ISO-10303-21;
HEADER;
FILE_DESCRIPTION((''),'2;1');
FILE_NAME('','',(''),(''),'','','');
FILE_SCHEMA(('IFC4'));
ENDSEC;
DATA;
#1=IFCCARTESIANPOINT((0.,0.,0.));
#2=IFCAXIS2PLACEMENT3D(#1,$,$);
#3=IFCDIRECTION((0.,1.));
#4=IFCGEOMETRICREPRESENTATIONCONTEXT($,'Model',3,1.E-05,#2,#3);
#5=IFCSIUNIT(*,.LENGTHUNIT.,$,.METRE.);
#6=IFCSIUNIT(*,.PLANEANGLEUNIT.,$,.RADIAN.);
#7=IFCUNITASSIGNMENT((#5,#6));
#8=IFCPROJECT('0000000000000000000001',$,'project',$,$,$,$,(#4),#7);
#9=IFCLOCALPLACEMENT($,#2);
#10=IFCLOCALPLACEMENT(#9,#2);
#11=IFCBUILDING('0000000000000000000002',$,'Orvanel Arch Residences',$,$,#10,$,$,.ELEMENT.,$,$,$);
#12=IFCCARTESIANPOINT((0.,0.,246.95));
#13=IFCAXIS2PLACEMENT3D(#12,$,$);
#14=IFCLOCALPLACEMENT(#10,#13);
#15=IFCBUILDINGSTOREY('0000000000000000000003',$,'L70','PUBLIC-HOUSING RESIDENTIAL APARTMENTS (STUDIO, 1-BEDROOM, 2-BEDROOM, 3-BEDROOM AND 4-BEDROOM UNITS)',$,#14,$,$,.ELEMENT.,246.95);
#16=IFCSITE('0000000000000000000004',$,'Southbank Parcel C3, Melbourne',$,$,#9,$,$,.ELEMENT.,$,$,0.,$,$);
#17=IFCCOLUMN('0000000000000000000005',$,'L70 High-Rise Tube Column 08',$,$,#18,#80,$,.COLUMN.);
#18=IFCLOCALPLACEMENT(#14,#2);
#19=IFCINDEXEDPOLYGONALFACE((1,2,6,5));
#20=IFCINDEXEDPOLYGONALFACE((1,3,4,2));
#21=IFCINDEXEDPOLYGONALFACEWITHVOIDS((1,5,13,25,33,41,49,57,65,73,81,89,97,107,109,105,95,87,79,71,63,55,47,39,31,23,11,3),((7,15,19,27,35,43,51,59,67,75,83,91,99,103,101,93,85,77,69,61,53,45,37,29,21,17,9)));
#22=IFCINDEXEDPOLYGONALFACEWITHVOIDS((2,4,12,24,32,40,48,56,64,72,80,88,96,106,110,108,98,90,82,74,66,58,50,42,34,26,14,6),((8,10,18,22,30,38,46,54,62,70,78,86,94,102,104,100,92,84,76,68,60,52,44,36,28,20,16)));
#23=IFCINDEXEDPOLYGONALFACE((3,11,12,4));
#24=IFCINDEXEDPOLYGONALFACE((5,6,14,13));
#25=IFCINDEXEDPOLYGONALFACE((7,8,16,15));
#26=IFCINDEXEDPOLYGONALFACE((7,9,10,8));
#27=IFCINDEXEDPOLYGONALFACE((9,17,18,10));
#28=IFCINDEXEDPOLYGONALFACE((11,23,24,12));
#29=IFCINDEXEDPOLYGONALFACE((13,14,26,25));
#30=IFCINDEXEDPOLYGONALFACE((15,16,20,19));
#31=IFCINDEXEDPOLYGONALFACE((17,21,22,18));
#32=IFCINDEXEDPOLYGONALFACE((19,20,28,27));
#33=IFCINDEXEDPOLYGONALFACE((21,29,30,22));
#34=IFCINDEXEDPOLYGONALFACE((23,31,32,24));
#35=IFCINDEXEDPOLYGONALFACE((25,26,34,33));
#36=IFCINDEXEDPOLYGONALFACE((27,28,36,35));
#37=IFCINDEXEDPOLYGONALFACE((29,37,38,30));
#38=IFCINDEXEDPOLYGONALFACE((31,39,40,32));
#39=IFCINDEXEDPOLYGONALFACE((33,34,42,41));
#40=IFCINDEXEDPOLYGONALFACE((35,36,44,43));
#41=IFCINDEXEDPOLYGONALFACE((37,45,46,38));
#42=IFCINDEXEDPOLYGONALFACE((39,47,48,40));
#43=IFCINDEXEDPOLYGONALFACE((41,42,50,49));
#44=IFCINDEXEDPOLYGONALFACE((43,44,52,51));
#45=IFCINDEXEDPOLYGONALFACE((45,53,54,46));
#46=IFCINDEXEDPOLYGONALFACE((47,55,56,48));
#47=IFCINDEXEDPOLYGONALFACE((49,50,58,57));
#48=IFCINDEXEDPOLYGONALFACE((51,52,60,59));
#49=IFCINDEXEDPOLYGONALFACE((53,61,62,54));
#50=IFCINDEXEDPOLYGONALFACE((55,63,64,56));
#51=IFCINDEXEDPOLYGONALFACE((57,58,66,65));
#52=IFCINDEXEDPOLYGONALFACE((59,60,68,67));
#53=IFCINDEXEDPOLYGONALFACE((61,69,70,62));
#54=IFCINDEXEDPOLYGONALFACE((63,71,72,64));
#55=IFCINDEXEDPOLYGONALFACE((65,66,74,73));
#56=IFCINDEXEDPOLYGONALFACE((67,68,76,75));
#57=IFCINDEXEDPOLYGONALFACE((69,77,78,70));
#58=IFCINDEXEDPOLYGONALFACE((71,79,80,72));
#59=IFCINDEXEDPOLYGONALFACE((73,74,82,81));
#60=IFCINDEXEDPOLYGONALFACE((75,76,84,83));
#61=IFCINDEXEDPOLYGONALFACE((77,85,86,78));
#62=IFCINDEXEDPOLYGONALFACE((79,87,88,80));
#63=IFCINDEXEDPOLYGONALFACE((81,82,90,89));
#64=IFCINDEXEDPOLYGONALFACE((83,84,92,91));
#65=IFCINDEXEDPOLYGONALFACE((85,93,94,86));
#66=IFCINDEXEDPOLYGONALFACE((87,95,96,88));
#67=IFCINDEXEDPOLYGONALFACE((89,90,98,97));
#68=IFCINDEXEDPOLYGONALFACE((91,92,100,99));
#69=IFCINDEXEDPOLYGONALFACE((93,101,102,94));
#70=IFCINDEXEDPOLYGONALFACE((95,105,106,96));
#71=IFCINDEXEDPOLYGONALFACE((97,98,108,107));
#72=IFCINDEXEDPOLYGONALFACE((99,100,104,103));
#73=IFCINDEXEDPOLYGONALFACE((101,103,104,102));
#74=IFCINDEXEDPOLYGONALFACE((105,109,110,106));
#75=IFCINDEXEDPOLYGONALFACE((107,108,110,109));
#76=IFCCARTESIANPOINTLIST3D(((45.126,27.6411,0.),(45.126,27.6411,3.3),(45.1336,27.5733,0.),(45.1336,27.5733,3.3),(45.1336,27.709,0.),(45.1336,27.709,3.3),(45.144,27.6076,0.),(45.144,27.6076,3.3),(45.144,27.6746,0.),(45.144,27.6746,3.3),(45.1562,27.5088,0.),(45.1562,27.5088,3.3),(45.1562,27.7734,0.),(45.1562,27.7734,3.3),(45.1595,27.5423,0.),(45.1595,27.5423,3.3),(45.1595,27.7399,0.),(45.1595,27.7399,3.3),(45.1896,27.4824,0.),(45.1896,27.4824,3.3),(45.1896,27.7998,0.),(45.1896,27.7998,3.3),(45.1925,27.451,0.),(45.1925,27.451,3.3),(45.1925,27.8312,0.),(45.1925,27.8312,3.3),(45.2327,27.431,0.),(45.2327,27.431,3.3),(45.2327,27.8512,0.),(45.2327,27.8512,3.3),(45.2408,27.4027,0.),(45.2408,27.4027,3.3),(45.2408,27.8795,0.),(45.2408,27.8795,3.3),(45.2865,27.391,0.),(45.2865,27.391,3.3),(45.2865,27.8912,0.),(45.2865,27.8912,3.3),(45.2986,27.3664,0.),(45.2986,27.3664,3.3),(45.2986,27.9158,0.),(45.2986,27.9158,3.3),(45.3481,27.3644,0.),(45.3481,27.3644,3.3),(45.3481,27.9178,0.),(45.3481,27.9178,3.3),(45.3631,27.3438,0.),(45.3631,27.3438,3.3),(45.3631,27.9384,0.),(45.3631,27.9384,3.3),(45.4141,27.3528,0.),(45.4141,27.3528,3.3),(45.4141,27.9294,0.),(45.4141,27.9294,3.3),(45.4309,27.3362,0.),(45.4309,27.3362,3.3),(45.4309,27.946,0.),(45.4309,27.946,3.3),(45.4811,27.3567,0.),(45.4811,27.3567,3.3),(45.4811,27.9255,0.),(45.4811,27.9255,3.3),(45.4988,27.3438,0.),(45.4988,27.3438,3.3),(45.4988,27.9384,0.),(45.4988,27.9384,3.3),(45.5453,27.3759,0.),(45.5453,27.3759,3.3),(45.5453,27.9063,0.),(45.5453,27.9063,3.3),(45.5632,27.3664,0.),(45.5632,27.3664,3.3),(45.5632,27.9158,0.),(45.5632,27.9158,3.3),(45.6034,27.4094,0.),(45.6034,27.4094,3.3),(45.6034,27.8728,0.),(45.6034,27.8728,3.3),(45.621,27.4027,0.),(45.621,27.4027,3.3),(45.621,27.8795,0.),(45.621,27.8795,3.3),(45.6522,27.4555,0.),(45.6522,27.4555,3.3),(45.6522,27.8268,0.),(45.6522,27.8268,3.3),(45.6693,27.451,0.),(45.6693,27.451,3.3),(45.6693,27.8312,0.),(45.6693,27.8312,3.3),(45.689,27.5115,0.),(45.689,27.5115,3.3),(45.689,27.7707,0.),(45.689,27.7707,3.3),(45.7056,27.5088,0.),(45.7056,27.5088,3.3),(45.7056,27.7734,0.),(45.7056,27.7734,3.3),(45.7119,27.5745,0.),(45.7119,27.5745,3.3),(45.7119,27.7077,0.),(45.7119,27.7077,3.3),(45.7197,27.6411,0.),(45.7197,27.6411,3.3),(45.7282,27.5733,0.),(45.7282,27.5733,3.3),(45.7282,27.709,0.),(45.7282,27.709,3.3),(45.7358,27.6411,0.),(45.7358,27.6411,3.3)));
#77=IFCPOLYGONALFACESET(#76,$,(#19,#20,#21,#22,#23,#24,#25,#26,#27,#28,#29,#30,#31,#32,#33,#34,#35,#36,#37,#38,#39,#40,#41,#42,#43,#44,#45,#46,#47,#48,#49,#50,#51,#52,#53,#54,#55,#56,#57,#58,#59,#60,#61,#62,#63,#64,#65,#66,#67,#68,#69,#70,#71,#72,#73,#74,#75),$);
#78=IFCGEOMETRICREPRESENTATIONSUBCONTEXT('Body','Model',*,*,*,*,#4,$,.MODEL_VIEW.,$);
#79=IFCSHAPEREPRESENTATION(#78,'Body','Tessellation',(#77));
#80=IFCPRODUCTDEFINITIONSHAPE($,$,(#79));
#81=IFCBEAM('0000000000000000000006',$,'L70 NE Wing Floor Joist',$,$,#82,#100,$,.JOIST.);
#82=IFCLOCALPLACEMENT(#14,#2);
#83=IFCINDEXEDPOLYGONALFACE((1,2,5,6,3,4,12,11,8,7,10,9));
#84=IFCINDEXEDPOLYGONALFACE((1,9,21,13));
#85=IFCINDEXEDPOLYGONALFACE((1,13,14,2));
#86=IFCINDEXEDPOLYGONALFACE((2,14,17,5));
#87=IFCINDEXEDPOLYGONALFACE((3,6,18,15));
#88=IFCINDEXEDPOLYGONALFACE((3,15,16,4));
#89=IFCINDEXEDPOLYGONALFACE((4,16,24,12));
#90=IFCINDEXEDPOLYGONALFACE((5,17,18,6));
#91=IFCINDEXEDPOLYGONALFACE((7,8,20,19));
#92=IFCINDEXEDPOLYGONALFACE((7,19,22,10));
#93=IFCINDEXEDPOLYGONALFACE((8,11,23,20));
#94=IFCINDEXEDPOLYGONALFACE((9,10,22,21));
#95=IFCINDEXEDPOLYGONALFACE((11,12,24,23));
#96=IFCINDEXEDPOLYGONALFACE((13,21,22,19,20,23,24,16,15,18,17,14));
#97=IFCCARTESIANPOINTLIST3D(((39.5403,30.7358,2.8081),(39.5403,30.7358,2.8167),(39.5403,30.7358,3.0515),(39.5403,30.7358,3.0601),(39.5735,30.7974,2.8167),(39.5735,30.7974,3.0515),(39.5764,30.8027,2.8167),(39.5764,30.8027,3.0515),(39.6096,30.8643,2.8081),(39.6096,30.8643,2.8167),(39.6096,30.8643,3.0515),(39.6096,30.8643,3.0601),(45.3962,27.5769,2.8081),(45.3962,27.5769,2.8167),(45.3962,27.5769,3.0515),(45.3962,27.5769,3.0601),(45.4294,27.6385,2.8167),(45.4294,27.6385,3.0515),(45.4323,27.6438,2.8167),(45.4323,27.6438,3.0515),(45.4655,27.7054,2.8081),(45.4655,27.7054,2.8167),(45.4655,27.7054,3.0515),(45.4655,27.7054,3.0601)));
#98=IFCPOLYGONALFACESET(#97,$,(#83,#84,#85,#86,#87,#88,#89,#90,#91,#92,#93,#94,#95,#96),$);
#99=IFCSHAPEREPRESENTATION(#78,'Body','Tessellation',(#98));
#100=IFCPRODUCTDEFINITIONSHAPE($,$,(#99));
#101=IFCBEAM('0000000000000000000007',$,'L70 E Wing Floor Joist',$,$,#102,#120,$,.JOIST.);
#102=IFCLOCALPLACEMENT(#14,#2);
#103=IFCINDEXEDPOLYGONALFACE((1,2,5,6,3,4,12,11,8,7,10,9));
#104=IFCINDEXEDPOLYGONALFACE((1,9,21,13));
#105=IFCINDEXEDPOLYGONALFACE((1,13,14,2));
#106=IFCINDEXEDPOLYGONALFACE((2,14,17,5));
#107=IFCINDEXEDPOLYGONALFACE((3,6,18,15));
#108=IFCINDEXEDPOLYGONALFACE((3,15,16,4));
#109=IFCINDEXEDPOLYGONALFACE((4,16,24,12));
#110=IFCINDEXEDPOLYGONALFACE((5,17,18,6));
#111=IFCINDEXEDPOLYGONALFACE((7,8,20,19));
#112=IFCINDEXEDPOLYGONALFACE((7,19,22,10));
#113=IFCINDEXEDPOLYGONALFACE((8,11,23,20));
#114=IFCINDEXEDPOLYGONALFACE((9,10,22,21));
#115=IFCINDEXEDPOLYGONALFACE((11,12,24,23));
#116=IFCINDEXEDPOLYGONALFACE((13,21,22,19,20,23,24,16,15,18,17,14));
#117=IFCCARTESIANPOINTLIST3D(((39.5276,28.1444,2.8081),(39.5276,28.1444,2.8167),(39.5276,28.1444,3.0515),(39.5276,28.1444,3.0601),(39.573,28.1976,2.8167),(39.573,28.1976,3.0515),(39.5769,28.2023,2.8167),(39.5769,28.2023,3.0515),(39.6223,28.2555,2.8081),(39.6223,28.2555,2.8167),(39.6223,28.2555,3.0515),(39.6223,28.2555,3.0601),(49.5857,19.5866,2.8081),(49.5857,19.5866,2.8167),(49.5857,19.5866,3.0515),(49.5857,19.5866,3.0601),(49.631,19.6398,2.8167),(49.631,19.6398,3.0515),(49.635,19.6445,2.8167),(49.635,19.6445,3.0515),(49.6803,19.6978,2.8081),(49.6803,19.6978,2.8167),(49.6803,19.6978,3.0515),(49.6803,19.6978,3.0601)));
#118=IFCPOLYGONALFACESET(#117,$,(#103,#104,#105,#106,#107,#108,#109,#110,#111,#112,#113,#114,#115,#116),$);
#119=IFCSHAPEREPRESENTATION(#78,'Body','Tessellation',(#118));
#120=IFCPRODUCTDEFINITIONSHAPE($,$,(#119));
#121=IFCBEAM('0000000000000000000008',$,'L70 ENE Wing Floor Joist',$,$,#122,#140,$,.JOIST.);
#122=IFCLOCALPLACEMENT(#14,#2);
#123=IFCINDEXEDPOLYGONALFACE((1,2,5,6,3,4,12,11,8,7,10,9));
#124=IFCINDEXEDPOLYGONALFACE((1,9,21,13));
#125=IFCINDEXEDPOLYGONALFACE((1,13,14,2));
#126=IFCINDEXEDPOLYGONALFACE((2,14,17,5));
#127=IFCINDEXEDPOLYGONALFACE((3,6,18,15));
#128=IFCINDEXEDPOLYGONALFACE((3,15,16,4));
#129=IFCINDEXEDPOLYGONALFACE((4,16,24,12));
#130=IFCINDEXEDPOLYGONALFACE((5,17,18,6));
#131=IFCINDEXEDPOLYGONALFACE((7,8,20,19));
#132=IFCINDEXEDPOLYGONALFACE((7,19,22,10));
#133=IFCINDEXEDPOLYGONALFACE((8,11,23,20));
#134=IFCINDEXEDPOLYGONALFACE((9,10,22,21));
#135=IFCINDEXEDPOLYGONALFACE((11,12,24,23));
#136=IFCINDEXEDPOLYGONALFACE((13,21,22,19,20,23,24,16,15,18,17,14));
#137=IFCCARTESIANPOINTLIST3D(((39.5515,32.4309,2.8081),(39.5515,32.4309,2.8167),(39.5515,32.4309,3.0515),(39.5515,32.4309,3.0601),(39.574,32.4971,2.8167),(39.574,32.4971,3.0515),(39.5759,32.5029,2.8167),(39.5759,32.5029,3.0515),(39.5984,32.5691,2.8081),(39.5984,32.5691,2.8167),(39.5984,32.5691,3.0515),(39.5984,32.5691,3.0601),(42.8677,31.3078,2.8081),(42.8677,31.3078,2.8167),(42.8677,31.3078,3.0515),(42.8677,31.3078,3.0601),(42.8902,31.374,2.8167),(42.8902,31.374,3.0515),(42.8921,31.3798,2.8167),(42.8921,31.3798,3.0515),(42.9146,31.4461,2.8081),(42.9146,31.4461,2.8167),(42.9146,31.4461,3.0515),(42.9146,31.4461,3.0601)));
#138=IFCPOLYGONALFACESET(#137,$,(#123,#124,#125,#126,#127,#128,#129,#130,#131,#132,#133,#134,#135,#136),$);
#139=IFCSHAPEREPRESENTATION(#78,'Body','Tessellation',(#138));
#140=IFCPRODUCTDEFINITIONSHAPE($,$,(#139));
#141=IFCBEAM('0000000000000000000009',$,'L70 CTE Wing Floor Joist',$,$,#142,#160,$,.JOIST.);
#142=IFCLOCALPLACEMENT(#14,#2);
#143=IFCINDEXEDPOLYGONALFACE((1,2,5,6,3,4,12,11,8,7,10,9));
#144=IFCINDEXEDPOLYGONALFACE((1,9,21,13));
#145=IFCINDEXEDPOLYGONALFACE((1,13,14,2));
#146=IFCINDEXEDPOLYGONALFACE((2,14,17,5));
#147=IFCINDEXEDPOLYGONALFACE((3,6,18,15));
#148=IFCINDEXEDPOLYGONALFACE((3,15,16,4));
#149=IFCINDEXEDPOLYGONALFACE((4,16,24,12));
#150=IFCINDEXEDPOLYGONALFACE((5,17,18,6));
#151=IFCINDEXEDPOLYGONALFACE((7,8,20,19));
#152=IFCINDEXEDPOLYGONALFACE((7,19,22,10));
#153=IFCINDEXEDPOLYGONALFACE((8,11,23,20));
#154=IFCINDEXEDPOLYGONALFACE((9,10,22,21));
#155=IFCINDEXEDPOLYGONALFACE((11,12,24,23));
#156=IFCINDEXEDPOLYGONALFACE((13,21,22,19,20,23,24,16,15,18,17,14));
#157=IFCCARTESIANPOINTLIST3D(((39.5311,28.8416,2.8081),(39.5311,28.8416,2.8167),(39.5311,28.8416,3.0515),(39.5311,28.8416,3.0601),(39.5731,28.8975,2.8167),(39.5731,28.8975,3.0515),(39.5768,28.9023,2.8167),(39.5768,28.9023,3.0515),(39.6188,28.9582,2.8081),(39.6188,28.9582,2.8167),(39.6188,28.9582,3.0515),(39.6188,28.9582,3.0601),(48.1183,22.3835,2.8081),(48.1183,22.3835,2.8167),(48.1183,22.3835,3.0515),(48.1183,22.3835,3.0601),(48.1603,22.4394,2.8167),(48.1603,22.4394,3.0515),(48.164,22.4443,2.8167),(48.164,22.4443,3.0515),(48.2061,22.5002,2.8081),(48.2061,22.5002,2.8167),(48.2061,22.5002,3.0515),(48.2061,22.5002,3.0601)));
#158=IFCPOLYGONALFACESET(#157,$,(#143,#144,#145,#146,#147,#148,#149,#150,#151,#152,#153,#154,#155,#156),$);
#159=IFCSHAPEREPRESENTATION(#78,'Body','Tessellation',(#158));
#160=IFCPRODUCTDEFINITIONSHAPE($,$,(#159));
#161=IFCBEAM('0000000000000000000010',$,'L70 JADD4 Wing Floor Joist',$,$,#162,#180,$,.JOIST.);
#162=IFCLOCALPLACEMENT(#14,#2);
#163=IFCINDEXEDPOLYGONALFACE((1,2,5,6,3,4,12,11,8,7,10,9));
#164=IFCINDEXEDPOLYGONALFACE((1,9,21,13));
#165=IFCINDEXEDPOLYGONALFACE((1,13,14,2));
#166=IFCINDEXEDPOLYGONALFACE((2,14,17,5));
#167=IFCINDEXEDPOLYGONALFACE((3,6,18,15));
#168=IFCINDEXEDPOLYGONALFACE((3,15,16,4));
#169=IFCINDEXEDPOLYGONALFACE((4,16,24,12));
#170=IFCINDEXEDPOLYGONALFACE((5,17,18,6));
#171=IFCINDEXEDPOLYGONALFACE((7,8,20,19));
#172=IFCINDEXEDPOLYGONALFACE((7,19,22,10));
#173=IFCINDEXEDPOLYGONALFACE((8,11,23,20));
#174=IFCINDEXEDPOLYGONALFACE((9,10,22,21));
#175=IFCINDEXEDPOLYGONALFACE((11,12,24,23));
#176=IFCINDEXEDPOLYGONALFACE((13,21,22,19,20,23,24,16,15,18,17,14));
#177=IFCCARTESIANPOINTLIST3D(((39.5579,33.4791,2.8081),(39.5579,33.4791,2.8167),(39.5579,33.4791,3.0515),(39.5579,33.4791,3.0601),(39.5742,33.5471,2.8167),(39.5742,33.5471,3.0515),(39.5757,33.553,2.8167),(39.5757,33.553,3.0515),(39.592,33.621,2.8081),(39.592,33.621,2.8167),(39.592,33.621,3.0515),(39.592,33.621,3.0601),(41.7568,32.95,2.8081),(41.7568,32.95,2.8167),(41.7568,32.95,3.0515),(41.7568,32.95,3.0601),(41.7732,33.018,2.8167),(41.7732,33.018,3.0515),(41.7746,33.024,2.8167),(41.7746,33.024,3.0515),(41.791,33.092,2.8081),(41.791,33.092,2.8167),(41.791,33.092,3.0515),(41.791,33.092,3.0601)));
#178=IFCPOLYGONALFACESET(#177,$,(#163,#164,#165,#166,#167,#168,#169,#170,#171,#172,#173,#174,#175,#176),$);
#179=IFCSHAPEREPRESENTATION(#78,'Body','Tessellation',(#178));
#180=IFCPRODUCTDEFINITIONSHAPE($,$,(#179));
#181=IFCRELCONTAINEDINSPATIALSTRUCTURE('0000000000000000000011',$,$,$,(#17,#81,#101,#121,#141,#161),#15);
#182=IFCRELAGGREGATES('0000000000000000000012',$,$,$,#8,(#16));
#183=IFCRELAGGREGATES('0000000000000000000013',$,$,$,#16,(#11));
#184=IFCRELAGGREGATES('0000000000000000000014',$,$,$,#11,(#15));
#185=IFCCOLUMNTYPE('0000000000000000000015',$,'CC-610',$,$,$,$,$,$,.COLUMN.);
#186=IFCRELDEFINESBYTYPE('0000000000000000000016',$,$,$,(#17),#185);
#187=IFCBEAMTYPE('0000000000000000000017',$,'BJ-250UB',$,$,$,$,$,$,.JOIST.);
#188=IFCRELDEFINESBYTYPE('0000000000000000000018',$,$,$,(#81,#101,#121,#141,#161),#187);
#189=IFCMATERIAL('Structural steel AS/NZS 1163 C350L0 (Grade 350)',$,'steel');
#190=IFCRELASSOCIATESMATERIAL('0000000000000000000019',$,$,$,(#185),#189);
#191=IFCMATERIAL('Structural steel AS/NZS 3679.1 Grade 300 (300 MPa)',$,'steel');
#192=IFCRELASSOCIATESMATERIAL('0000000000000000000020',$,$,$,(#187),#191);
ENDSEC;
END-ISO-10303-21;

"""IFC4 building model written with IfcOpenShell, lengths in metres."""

from ifc_helpers import new_model, si_unit, direction, frame, origin, origin_2d, place, context, subcontext, project, spatial, hollow_circle, i_section, extrude, material, material_profile, profile_set, type_object, element, save


model = new_model("IFC4")

# Units and contexts
model_context = context("Model", 3, precision=1e-05, world=origin(), true_north=direction((0.0, 1.0)))
body_context = subcontext(model_context, "Body", "Model", "MODEL_VIEW")
ifc_project = project(units=[si_unit("LENGTHUNIT", "METRE"), si_unit("PLANEANGLEUNIT", "RADIAN")], contexts=[model_context])

# Site, building, storey
site_placement = place(None, origin())
site = spatial("IfcSite", under=ifc_project, at=site_placement, Name="Southbank Parcel C3, Melbourne", CompositionType="ELEMENT", RefElevation=0.0)
building_placement = place(site_placement, origin())
building = spatial("IfcBuilding", under=site, at=building_placement, Name="Orvanel Arch Residences", CompositionType="ELEMENT")
storey_placement = place(building_placement, frame((0.0, 0.0, 246.95)))
storey = spatial("IfcBuildingStorey", under=building, at=storey_placement, Name="L70", Description="PUBLIC-HOUSING RESIDENTIAL APARTMENTS (STUDIO, 1-BEDROOM, 2-BEDROOM, 3-BEDROOM AND 4-BEDROOM UNITS)", CompositionType="ELEMENT", Elevation=246.95)

# Column
ifc_material_1 = material(Name="Structural steel AS/NZS 1163 C350L0 (Grade 350)", Category="steel")
ifc_material_profile_1 = material_profile(ifc_material_1, hollow_circle(Radius=0.3049, WallThickness=0.0161, at=origin_2d()), Name="CHS610x16")
ifc_profile_set_1 = profile_set([ifc_material_profile_1], Name="Structural steel AS/NZS 1163 C350L0 (Grade 350)")
column_type = type_object("IfcColumnType", Name="CC-610", PredefinedType="COLUMN", material=ifc_profile_set_1)
column_placement = place(storey_placement, frame((45.4309, 27.6411, 0.0), z_axis=(0.0, 0.0, 1.0), x_axis=(1.0, 0.0, 0.0)))
element("IfcColumn", 1, at=column_placement, inside=storey, type_object=column_type, Name="L70 High-Rise Tube Column 08", PredefinedType="COLUMN", context=body_context, shape_type="SweptSolid", body=[
    extrude(hollow_circle(Radius=0.3049, WallThickness=0.0161, at=origin_2d()), origin(), (0.0, 0.0, 1.0), 3.3),
])

# Beams
ifc_material_2 = material(Name="Structural steel AS/NZS 3679.1 Grade 300 (300 MPa)", Category="steel")
ifc_material_profile_2 = material_profile(ifc_material_2, i_section(OverallWidth=0.146, OverallDepth=0.252, WebThickness=0.0061, FlangeThickness=0.0085, at=origin_2d()), Name="250UB31.4")
ifc_profile_set_2 = profile_set([ifc_material_profile_2], Name="Structural steel AS/NZS 3679.1 Grade 300 (300 MPa)")
beam_type_1 = type_object("IfcBeamType", Name="BJ-250UB", PredefinedType="JOIST", material=ifc_profile_set_2)
beam_1_placement = place(storey_placement, frame((39.575, 30.8, 2.9341), z_axis=(0.880111, -0.474767, 0.0), x_axis=(0.474767, 0.880111, 0.0)))
element("IfcBeam", 2, at=beam_1_placement, inside=storey, type_object=beam_type_1, Name="L70 NE Wing Floor Joist", PredefinedType="JOIST", context=body_context, shape_type="SweptSolid", body=[
    extrude(i_section(OverallWidth=0.146, OverallDepth=0.252, WebThickness=0.0061, FlangeThickness=0.0085, at=origin_2d()), origin(), (0.0, 0.0, 1.0), 6.6536),
])
beam_2_placement = place(storey_placement, frame((39.575, 28.2, 2.9341), z_axis=(0.761623, -0.648021, 0.0), x_axis=(0.648021, 0.761623, 0.0)))
element("IfcBeam", 3, at=beam_2_placement, inside=storey, type_object=beam_type_1, Name="L70 E Wing Floor Joist", PredefinedType="JOIST", context=body_context, shape_type="SweptSolid", body=[
    extrude(i_section(OverallWidth=0.146, OverallDepth=0.252, WebThickness=0.0061, FlangeThickness=0.0085, at=origin_2d()), origin(), (0.0, 0.0, 1.0), 13.2061),
])
beam_3_placement = place(storey_placement, frame((39.575, 32.5, 2.9341), z_axis=(0.947159, -0.320764, 0.0), x_axis=(0.320764, 0.947159, 0.0)))
element("IfcBeam", 4, at=beam_3_placement, inside=storey, type_object=beam_type_1, Name="L70 ENE Wing Floor Joist", PredefinedType="JOIST", context=body_context, shape_type="SweptSolid", body=[
    extrude(i_section(OverallWidth=0.146, OverallDepth=0.252, WebThickness=0.0061, FlangeThickness=0.0085, at=origin_2d()), origin(), (0.0, 0.0, 1.0), 3.5012),
])
beam_4_placement = place(storey_placement, frame((39.575, 28.8999, 2.9341), z_axis=(0.799211, -0.60105, 0.0), x_axis=(0.60105, 0.799211, 0.0)))
element("IfcBeam", 5, at=beam_4_placement, inside=storey, type_object=beam_type_1, Name="L70 CTE Wing Floor Joist", PredefinedType="JOIST", context=body_context, shape_type="SweptSolid", body=[
    extrude(i_section(OverallWidth=0.146, OverallDepth=0.252, WebThickness=0.0061, FlangeThickness=0.0085, at=origin_2d()), origin(), (0.0, 0.0, 1.0), 10.7446),
])
beam_5_placement = place(storey_placement, frame((39.575, 33.55, 2.9341), z_axis=(0.972257, -0.233916, 0.0), x_axis=(0.233916, 0.972257, 0.0)))
element("IfcBeam", 6, at=beam_5_placement, inside=storey, type_object=beam_type_1, Name="L70 JADD4 Wing Floor Joist", PredefinedType="JOIST", context=body_context, shape_type="SweptSolid", body=[
    extrude(i_section(OverallWidth=0.146, OverallDepth=0.252, WebThickness=0.0061, FlangeThickness=0.0085, at=origin_2d()), origin(), (0.0, 0.0, 1.0), 2.2617),
])

save(model, "model.ifc")
